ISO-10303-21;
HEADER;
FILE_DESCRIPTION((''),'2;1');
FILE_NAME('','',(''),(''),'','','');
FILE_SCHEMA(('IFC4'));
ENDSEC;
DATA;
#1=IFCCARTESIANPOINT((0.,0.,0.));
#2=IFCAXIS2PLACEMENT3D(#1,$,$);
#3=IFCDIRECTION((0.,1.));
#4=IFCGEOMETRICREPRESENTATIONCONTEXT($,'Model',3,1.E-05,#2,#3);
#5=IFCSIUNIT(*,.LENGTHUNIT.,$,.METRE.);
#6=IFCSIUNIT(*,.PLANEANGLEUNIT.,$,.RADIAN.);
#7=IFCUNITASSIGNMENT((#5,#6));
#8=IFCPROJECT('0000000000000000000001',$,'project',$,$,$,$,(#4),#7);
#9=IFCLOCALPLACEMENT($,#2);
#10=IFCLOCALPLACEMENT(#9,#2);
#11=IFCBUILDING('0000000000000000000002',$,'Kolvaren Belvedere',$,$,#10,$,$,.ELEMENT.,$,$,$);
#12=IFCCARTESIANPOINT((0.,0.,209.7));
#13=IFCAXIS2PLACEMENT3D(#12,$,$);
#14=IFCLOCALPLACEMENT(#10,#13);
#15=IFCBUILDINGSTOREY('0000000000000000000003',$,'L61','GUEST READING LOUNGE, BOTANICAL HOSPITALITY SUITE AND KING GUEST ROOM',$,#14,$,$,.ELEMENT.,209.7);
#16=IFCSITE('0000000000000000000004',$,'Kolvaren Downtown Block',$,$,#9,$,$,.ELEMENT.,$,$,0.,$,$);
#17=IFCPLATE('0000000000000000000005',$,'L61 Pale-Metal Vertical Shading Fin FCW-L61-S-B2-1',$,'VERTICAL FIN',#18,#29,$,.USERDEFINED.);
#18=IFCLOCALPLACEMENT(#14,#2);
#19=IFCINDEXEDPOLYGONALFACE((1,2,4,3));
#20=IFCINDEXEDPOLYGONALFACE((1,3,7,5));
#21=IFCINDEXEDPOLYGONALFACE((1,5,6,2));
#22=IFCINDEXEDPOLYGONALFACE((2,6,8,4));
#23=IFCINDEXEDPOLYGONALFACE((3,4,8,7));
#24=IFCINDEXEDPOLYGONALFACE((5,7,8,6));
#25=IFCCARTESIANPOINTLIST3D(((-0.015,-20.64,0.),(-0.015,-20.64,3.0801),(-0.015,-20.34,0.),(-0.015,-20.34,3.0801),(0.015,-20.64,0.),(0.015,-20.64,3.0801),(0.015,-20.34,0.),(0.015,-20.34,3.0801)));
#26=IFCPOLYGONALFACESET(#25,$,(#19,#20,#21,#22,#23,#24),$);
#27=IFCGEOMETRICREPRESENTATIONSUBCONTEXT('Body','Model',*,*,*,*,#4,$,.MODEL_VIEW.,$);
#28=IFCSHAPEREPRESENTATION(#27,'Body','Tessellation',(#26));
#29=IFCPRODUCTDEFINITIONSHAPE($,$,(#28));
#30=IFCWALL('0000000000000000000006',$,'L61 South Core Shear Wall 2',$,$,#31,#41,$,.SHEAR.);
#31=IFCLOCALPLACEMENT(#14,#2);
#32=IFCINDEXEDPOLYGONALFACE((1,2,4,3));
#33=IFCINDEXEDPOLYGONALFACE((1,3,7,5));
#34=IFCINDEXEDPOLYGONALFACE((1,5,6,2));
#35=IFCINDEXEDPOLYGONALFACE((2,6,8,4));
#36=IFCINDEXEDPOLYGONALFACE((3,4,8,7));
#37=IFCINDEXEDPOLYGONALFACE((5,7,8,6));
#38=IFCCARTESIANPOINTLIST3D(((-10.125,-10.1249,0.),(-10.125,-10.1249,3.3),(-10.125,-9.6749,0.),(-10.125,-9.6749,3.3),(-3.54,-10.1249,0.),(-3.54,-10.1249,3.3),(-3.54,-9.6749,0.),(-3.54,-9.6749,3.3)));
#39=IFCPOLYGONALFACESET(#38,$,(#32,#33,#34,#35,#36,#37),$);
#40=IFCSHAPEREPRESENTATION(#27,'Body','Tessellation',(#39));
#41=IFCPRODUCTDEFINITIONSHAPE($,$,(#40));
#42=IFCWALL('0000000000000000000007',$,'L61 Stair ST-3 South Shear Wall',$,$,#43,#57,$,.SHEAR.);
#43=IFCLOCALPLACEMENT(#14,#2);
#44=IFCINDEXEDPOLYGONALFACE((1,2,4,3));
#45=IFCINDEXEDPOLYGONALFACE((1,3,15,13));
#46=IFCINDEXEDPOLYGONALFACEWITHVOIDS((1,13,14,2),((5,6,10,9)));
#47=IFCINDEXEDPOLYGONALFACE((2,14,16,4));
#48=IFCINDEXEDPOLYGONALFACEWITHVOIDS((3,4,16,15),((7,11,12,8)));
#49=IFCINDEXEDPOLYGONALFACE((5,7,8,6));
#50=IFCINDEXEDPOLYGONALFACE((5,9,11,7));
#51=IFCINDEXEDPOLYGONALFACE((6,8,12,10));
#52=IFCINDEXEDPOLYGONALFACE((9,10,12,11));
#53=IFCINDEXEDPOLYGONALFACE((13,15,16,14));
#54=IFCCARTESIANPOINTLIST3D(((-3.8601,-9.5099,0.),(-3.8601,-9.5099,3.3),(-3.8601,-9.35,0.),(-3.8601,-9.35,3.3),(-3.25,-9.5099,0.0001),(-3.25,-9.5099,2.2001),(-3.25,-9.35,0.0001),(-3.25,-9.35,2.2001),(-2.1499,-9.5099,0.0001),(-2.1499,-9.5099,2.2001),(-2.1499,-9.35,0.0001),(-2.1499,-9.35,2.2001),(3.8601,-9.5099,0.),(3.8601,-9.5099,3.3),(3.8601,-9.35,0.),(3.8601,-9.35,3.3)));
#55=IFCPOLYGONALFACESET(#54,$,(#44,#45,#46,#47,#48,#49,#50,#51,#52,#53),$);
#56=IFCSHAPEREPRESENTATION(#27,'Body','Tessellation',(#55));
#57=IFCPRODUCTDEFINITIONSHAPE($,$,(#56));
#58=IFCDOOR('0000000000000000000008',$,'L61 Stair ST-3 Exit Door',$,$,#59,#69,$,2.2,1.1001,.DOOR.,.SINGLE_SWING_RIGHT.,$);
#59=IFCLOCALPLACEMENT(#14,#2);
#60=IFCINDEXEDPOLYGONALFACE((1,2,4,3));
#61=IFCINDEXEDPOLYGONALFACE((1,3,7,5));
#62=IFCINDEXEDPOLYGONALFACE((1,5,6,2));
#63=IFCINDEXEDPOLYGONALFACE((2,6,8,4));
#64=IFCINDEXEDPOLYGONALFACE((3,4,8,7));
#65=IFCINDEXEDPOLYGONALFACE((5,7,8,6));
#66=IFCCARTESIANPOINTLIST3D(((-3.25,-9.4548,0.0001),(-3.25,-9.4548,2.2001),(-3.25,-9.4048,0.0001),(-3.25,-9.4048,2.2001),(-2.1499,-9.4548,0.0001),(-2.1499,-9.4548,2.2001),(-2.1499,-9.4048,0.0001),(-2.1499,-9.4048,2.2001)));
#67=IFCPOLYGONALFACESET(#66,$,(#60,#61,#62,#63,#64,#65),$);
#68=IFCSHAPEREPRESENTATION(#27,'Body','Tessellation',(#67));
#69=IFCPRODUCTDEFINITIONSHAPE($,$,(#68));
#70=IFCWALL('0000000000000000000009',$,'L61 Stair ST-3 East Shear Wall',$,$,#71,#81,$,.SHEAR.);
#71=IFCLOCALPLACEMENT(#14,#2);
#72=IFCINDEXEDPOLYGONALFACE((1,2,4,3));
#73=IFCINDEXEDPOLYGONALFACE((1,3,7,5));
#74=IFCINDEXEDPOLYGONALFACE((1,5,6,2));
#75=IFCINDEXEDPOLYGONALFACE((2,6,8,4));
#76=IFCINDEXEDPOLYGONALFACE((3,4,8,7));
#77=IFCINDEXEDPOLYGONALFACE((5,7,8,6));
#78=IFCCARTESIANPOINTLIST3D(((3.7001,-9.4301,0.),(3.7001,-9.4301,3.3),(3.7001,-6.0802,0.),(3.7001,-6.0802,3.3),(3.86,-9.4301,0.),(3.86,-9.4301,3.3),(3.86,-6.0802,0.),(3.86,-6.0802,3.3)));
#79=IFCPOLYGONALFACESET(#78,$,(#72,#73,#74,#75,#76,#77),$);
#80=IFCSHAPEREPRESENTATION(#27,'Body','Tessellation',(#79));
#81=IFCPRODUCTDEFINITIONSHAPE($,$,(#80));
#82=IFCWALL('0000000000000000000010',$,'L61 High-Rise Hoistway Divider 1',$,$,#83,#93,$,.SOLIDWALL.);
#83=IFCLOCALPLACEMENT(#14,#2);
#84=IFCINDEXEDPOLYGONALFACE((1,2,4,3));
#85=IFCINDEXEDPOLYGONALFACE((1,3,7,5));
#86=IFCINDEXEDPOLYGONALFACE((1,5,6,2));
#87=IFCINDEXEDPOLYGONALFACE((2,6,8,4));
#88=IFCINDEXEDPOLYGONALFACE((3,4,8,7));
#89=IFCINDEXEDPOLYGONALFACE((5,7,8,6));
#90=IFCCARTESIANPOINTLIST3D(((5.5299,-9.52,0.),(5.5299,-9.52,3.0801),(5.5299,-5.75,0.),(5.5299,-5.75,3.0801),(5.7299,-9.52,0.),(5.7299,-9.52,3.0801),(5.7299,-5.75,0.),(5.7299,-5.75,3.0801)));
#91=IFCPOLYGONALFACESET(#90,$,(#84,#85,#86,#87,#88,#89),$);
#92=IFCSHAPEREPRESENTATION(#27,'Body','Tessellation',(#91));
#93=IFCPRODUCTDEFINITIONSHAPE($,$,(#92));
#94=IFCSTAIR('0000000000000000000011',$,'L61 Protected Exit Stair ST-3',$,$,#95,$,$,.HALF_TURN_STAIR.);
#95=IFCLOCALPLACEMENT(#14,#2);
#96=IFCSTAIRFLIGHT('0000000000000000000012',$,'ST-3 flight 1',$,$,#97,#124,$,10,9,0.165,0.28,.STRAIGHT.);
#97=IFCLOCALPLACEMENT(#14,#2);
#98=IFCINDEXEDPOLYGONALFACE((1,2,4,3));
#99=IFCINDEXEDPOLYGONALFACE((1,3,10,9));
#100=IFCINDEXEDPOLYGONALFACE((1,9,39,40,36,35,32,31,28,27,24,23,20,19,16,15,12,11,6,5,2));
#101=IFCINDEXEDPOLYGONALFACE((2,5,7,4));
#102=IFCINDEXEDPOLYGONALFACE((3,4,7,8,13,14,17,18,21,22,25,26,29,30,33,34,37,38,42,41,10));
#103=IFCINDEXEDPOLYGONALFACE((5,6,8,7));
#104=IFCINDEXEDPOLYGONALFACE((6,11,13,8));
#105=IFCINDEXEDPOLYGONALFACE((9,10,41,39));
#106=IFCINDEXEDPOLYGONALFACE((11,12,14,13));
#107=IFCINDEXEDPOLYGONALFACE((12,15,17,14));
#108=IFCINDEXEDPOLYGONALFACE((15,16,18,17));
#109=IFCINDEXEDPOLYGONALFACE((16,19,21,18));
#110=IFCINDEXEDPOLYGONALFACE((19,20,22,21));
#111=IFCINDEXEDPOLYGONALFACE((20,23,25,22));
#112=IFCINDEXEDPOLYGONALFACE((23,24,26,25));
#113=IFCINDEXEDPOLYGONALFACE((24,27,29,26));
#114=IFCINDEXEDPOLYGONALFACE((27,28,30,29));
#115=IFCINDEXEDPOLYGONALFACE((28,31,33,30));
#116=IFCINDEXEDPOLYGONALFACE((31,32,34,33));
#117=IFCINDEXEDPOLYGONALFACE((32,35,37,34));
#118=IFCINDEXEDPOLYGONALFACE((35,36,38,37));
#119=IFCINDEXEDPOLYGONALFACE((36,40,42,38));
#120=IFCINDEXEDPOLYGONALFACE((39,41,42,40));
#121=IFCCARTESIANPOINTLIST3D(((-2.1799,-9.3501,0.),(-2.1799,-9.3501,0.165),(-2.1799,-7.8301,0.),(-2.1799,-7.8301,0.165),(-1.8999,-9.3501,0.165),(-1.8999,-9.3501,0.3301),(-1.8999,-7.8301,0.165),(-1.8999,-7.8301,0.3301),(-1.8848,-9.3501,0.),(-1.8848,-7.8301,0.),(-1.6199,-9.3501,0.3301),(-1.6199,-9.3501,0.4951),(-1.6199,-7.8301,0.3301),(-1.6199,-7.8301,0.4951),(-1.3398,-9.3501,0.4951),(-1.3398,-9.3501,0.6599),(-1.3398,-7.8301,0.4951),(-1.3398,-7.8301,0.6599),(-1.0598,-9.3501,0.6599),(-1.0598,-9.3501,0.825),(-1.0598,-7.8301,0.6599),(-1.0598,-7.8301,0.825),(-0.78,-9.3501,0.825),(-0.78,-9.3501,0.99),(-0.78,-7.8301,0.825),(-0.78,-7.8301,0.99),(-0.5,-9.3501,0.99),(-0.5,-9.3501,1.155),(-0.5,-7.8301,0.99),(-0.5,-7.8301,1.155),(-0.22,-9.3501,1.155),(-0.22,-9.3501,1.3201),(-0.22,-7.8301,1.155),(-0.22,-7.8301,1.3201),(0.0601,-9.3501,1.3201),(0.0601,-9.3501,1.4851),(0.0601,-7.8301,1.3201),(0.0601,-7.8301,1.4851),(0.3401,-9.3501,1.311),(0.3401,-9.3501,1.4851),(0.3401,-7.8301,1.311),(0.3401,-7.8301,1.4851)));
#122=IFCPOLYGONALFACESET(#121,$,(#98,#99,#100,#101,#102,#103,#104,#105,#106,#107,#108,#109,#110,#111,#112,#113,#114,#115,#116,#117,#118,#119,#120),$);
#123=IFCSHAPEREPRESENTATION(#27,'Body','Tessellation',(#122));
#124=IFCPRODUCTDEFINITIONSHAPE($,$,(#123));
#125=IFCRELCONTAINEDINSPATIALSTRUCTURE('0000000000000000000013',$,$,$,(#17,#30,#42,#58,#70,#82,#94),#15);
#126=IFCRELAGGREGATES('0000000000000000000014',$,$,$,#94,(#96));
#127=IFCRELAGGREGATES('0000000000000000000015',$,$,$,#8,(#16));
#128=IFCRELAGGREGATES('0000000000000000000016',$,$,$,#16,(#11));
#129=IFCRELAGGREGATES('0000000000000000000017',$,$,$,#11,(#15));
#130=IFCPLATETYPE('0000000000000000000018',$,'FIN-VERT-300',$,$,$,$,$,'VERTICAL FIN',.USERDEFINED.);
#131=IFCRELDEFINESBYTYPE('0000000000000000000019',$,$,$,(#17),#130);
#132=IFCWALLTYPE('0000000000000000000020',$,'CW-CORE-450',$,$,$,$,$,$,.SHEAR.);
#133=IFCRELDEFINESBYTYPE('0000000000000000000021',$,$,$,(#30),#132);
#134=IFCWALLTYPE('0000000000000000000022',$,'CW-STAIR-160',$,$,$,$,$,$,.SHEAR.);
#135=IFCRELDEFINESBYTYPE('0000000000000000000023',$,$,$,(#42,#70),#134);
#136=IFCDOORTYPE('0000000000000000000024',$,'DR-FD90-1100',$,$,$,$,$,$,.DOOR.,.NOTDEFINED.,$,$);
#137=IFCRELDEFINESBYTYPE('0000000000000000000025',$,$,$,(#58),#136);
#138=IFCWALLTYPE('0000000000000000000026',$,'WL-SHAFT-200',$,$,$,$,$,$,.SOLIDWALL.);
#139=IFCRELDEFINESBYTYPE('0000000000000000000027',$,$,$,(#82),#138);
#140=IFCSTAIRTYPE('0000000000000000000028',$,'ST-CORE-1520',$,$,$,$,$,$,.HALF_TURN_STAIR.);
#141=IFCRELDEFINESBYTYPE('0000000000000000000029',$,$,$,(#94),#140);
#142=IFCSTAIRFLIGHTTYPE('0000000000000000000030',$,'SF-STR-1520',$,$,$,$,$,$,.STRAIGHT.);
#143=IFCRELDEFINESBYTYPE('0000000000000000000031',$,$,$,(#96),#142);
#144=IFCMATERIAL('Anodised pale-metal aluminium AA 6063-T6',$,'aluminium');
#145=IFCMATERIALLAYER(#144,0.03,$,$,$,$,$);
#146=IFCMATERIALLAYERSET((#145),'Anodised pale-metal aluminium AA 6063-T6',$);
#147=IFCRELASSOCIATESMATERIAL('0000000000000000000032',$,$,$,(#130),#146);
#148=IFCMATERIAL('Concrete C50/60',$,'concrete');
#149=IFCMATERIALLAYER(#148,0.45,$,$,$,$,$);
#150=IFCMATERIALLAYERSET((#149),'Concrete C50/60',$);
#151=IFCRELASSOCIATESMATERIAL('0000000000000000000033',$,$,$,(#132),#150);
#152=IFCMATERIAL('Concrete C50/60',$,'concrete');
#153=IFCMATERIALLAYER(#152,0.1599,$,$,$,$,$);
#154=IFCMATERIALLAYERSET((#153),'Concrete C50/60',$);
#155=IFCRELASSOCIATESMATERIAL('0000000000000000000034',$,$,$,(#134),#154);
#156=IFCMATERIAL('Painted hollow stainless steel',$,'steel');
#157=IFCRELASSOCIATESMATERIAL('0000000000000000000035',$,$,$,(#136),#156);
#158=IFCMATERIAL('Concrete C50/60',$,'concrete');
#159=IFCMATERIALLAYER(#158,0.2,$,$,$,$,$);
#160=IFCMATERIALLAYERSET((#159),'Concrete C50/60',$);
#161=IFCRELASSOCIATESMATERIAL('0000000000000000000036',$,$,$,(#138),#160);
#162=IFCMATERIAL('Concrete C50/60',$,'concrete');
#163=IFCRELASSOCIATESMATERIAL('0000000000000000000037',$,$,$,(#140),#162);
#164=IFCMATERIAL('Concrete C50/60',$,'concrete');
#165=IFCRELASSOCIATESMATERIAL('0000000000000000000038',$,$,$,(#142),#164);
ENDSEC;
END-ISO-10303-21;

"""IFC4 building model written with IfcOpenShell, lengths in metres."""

from ifc_helpers import new_model, si_unit, direction, frame, frame_2d, origin, origin_2d, place, context, subcontext, project, spatial, polyline, rectangle, outline, extrude, material, layer, layer_set, type_object, element, fill, aggregate, save


model = new_model("IFC4")

# Units and contexts
model_context = context("Model", 3, precision=1e-05, world=origin(), true_north=direction((0.0, 1.0)))
body_context = subcontext(model_context, "Body", "Model", "MODEL_VIEW")
ifc_project = project(units=[si_unit("LENGTHUNIT", "METRE"), si_unit("PLANEANGLEUNIT", "RADIAN")], contexts=[model_context])

# Site, building, storey
site_placement = place(None, origin())
site = spatial("IfcSite", under=ifc_project, at=site_placement, Name="Kolvaren Downtown Block", CompositionType="ELEMENT", RefElevation=0.0)
building_placement = place(site_placement, origin())
building = spatial("IfcBuilding", under=site, at=building_placement, Name="Kolvaren Belvedere", CompositionType="ELEMENT")
storey_placement = place(building_placement, frame((0.0, 0.0, 209.7)))
storey = spatial("IfcBuildingStorey", under=building, at=storey_placement, Name="L61", Description="GUEST READING LOUNGE, BOTANICAL HOSPITALITY SUITE AND KING GUEST ROOM", CompositionType="ELEMENT", Elevation=209.7)

# Plate
ifc_material_1 = material(Name="Anodised pale-metal aluminium AA 6063-T6", Category="aluminium")
ifc_layer_1 = layer(ifc_material_1, 0.03)
ifc_layer_set_1 = layer_set([ifc_layer_1], Name="Anodised pale-metal aluminium AA 6063-T6")
plate_type_1 = type_object("IfcPlateType", Name="FIN-VERT-300", ElementType="VERTICAL FIN", PredefinedType="USERDEFINED", material=ifc_layer_set_1)
plate_1_placement = place(storey_placement, frame((0.0, -20.49, 0.0), z_axis=(0.0, 0.0, 1.0), x_axis=(0.0, 1.0, 0.0)))
element("IfcPlate", 1, at=plate_1_placement, inside=storey, type_object=plate_type_1, Name="L61 Pale-Metal Vertical Shading Fin FCW-L61-S-B2-1", ObjectType="VERTICAL FIN", PredefinedType="USERDEFINED", context=body_context, shape_type="SweptSolid", body=[
    extrude(rectangle(XDim=0.3, YDim=0.03, at=origin_2d()), origin(), (0.0, 0.0, 1.0), 3.0801),
])

# Wall
ifc_material_2 = material(Name="Concrete C50/60", Category="concrete")
ifc_layer_2 = layer(ifc_material_2, 0.45)
ifc_layer_set_2 = layer_set([ifc_layer_2], Name="Concrete C50/60")
wall_type_1 = type_object("IfcWallType", Name="CW-CORE-450", PredefinedType="SHEAR", material=ifc_layer_set_2)
wall_1_placement = place(storey_placement, frame((-3.54, -9.8999, 0.0), z_axis=(0.0, 0.0, 1.0), x_axis=(-1.0, 0.0, 0.0)))
element("IfcWall", 2, at=wall_1_placement, inside=storey, type_object=wall_type_1, Name="L61 South Core Shear Wall 2", PredefinedType="SHEAR", context=body_context, shape_type="SweptSolid", body=[
    extrude(rectangle(XDim=6.585, YDim=0.45, at=frame_2d((3.2925, 0.0))), origin(), (0.0, 0.0, 1.0), 3.3),
])

# Wall, opening, door
ifc_material_3 = material(Name="Concrete C50/60", Category="concrete")
ifc_layer_3 = layer(ifc_material_3, 0.1599)
ifc_layer_set_3 = layer_set([ifc_layer_3], Name="Concrete C50/60")
wall_type_2 = type_object("IfcWallType", Name="CW-STAIR-160", PredefinedType="SHEAR", material=ifc_layer_set_3)
wall_2_placement = place(storey_placement, frame((3.8601, -9.4299, 0.0), z_axis=(0.0, 0.0, 1.0), x_axis=(-1.0, 0.0, 0.0)))
wall_2 = element("IfcWall", 3, at=wall_2_placement, inside=storey, type_object=wall_type_2, Name="L61 Stair ST-3 South Shear Wall", PredefinedType="SHEAR", context=body_context, shape_type="SweptSolid", body=[
    extrude(rectangle(XDim=7.7202, YDim=0.1599, at=frame_2d((3.8601, 0.0))), origin(), (0.0, 0.0, 1.0), 3.3),
])
opening_placement = place(wall_2_placement, frame((6.01, 0.0, 0.0)))
opening = element("IfcOpeningElement", 4, at=opening_placement, cuts=wall_2, PredefinedType="OPENING", context=body_context, shape_type="SweptSolid", body=[
    extrude(rectangle(XDim=1.1001, YDim=2.2, at=frame_2d((0.55, 1.1001))), frame((0.0, 0.0898, 0.0), z_axis=(0.0, -1.0, 0.0), x_axis=(1.0, 0.0, 0.0)), (0.0, 0.0, 1.0), 0.1799),
])
ifc_material_4 = material(Name="Painted hollow stainless steel", Category="steel")
door_type = type_object("IfcDoorType", Name="DR-FD90-1100", OperationType="NOTDEFINED", PredefinedType="DOOR", material=ifc_material_4)
door_placement = place(opening_placement, origin())
door = element("IfcDoor", 5, at=door_placement, inside=storey, type_object=door_type, Name="L61 Stair ST-3 Exit Door", OperationType="SINGLE_SWING_RIGHT", OverallHeight=2.2, OverallWidth=1.1001, PredefinedType="DOOR", context=body_context, shape_type="SweptSolid", body=[
    extrude(rectangle(XDim=1.1001, YDim=2.2, at=frame_2d((0.55, 1.1001))), frame((0.0, 0.0249, 0.0), z_axis=(0.0, -1.0, 0.0), x_axis=(1.0, 0.0, 0.0)), (0.0, 0.0, 1.0), 0.05),
])
fill(opening, door)

# Walls
wall_3_placement = place(storey_placement, frame((3.78, -9.4299, 0.0), z_axis=(0.0, 0.0, 1.0), x_axis=(0.0, 1.0, 0.0)))
element("IfcWall", 6, at=wall_3_placement, inside=storey, type_object=wall_type_2, Name="L61 Stair ST-3 East Shear Wall", PredefinedType="SHEAR", context=body_context, shape_type="SweptSolid", body=[
    extrude(rectangle(XDim=3.3499, YDim=0.1599, at=frame_2d((1.6748, 0.0))), origin(), (0.0, 0.0, 1.0), 3.3),
])
ifc_material_5 = material(Name="Concrete C50/60", Category="concrete")
ifc_layer_4 = layer(ifc_material_5, 0.2)
ifc_layer_set_4 = layer_set([ifc_layer_4], Name="Concrete C50/60")
wall_type_3 = type_object("IfcWallType", Name="WL-SHAFT-200", PredefinedType="SOLIDWALL", material=ifc_layer_set_4)
wall_4_placement = place(storey_placement, frame((5.6299, -9.52, 0.0), z_axis=(0.0, 0.0, 1.0), x_axis=(0.0, 1.0, 0.0)))
element("IfcWall", 7, at=wall_4_placement, inside=storey, type_object=wall_type_3, Name="L61 High-Rise Hoistway Divider 1", PredefinedType="SOLIDWALL", context=body_context, shape_type="SweptSolid", body=[
    extrude(rectangle(XDim=3.77, YDim=0.2, at=frame_2d((1.885, 0.0))), origin(), (0.0, 0.0, 1.0), 3.0801),
])

# Stair, stair flight
ifc_material_6 = material(Name="Concrete C50/60", Category="concrete")
stair_type = type_object("IfcStairType", Name="ST-CORE-1520", PredefinedType="HALF_TURN_STAIR", material=ifc_material_6)
stair_placement = place(storey_placement, origin())
stair = element("IfcStair", 8, at=stair_placement, inside=storey, type_object=stair_type, Name="L61 Protected Exit Stair ST-3", PredefinedType="HALF_TURN_STAIR")
ifc_material_7 = material(Name="Concrete C50/60", Category="concrete")
stair_flight_type = type_object("IfcStairFlightType", Name="SF-STR-1520", PredefinedType="STRAIGHT", material=ifc_material_7)
stair_flight_placement = place(storey_placement, frame((-2.1799, -8.5901, 0.0), z_axis=(0.0, 0.0, 1.0), x_axis=(1.0, 0.0, 0.0)))
stair_flight = element("IfcStairFlight", 9, at=stair_flight_placement, type_object=stair_flight_type, Name="ST-3 flight 1", NumberOfRisers=10, NumberOfTreads=9, PredefinedType="STRAIGHT", RiserHeight=0.165, TreadLength=0.28, context=body_context, shape_type="SweptSolid", body=[
    extrude(outline(polyline([(0.0, 0.0), (0.0, 0.165), (0.28, 0.165), (0.28, 0.3301), (0.5601, 0.3301), (0.5601, 0.4951), (0.8401, 0.4951), (0.8401, 0.6599), (1.1201, 0.6599), (1.1201, 0.825), (1.3999, 0.825), (1.3999, 0.99), (1.6799, 0.99), (1.6799, 1.155), (1.96, 1.155), (1.96, 1.3201), (2.24, 1.3201), (2.24, 1.4851), (2.52, 1.4851), (2.52, 1.6499), (2.52, 1.311), (0.2952, 0.0), (0.0, 0.0)])), frame((0.0, 0.76, 0.0), z_axis=(0.0, -1.0, 0.0), x_axis=(1.0, 0.0, 0.0)), (0.0, 0.0, 1.0), 1.52),
])
aggregate(stair, [stair_flight])

save(model, "model.ifc")
